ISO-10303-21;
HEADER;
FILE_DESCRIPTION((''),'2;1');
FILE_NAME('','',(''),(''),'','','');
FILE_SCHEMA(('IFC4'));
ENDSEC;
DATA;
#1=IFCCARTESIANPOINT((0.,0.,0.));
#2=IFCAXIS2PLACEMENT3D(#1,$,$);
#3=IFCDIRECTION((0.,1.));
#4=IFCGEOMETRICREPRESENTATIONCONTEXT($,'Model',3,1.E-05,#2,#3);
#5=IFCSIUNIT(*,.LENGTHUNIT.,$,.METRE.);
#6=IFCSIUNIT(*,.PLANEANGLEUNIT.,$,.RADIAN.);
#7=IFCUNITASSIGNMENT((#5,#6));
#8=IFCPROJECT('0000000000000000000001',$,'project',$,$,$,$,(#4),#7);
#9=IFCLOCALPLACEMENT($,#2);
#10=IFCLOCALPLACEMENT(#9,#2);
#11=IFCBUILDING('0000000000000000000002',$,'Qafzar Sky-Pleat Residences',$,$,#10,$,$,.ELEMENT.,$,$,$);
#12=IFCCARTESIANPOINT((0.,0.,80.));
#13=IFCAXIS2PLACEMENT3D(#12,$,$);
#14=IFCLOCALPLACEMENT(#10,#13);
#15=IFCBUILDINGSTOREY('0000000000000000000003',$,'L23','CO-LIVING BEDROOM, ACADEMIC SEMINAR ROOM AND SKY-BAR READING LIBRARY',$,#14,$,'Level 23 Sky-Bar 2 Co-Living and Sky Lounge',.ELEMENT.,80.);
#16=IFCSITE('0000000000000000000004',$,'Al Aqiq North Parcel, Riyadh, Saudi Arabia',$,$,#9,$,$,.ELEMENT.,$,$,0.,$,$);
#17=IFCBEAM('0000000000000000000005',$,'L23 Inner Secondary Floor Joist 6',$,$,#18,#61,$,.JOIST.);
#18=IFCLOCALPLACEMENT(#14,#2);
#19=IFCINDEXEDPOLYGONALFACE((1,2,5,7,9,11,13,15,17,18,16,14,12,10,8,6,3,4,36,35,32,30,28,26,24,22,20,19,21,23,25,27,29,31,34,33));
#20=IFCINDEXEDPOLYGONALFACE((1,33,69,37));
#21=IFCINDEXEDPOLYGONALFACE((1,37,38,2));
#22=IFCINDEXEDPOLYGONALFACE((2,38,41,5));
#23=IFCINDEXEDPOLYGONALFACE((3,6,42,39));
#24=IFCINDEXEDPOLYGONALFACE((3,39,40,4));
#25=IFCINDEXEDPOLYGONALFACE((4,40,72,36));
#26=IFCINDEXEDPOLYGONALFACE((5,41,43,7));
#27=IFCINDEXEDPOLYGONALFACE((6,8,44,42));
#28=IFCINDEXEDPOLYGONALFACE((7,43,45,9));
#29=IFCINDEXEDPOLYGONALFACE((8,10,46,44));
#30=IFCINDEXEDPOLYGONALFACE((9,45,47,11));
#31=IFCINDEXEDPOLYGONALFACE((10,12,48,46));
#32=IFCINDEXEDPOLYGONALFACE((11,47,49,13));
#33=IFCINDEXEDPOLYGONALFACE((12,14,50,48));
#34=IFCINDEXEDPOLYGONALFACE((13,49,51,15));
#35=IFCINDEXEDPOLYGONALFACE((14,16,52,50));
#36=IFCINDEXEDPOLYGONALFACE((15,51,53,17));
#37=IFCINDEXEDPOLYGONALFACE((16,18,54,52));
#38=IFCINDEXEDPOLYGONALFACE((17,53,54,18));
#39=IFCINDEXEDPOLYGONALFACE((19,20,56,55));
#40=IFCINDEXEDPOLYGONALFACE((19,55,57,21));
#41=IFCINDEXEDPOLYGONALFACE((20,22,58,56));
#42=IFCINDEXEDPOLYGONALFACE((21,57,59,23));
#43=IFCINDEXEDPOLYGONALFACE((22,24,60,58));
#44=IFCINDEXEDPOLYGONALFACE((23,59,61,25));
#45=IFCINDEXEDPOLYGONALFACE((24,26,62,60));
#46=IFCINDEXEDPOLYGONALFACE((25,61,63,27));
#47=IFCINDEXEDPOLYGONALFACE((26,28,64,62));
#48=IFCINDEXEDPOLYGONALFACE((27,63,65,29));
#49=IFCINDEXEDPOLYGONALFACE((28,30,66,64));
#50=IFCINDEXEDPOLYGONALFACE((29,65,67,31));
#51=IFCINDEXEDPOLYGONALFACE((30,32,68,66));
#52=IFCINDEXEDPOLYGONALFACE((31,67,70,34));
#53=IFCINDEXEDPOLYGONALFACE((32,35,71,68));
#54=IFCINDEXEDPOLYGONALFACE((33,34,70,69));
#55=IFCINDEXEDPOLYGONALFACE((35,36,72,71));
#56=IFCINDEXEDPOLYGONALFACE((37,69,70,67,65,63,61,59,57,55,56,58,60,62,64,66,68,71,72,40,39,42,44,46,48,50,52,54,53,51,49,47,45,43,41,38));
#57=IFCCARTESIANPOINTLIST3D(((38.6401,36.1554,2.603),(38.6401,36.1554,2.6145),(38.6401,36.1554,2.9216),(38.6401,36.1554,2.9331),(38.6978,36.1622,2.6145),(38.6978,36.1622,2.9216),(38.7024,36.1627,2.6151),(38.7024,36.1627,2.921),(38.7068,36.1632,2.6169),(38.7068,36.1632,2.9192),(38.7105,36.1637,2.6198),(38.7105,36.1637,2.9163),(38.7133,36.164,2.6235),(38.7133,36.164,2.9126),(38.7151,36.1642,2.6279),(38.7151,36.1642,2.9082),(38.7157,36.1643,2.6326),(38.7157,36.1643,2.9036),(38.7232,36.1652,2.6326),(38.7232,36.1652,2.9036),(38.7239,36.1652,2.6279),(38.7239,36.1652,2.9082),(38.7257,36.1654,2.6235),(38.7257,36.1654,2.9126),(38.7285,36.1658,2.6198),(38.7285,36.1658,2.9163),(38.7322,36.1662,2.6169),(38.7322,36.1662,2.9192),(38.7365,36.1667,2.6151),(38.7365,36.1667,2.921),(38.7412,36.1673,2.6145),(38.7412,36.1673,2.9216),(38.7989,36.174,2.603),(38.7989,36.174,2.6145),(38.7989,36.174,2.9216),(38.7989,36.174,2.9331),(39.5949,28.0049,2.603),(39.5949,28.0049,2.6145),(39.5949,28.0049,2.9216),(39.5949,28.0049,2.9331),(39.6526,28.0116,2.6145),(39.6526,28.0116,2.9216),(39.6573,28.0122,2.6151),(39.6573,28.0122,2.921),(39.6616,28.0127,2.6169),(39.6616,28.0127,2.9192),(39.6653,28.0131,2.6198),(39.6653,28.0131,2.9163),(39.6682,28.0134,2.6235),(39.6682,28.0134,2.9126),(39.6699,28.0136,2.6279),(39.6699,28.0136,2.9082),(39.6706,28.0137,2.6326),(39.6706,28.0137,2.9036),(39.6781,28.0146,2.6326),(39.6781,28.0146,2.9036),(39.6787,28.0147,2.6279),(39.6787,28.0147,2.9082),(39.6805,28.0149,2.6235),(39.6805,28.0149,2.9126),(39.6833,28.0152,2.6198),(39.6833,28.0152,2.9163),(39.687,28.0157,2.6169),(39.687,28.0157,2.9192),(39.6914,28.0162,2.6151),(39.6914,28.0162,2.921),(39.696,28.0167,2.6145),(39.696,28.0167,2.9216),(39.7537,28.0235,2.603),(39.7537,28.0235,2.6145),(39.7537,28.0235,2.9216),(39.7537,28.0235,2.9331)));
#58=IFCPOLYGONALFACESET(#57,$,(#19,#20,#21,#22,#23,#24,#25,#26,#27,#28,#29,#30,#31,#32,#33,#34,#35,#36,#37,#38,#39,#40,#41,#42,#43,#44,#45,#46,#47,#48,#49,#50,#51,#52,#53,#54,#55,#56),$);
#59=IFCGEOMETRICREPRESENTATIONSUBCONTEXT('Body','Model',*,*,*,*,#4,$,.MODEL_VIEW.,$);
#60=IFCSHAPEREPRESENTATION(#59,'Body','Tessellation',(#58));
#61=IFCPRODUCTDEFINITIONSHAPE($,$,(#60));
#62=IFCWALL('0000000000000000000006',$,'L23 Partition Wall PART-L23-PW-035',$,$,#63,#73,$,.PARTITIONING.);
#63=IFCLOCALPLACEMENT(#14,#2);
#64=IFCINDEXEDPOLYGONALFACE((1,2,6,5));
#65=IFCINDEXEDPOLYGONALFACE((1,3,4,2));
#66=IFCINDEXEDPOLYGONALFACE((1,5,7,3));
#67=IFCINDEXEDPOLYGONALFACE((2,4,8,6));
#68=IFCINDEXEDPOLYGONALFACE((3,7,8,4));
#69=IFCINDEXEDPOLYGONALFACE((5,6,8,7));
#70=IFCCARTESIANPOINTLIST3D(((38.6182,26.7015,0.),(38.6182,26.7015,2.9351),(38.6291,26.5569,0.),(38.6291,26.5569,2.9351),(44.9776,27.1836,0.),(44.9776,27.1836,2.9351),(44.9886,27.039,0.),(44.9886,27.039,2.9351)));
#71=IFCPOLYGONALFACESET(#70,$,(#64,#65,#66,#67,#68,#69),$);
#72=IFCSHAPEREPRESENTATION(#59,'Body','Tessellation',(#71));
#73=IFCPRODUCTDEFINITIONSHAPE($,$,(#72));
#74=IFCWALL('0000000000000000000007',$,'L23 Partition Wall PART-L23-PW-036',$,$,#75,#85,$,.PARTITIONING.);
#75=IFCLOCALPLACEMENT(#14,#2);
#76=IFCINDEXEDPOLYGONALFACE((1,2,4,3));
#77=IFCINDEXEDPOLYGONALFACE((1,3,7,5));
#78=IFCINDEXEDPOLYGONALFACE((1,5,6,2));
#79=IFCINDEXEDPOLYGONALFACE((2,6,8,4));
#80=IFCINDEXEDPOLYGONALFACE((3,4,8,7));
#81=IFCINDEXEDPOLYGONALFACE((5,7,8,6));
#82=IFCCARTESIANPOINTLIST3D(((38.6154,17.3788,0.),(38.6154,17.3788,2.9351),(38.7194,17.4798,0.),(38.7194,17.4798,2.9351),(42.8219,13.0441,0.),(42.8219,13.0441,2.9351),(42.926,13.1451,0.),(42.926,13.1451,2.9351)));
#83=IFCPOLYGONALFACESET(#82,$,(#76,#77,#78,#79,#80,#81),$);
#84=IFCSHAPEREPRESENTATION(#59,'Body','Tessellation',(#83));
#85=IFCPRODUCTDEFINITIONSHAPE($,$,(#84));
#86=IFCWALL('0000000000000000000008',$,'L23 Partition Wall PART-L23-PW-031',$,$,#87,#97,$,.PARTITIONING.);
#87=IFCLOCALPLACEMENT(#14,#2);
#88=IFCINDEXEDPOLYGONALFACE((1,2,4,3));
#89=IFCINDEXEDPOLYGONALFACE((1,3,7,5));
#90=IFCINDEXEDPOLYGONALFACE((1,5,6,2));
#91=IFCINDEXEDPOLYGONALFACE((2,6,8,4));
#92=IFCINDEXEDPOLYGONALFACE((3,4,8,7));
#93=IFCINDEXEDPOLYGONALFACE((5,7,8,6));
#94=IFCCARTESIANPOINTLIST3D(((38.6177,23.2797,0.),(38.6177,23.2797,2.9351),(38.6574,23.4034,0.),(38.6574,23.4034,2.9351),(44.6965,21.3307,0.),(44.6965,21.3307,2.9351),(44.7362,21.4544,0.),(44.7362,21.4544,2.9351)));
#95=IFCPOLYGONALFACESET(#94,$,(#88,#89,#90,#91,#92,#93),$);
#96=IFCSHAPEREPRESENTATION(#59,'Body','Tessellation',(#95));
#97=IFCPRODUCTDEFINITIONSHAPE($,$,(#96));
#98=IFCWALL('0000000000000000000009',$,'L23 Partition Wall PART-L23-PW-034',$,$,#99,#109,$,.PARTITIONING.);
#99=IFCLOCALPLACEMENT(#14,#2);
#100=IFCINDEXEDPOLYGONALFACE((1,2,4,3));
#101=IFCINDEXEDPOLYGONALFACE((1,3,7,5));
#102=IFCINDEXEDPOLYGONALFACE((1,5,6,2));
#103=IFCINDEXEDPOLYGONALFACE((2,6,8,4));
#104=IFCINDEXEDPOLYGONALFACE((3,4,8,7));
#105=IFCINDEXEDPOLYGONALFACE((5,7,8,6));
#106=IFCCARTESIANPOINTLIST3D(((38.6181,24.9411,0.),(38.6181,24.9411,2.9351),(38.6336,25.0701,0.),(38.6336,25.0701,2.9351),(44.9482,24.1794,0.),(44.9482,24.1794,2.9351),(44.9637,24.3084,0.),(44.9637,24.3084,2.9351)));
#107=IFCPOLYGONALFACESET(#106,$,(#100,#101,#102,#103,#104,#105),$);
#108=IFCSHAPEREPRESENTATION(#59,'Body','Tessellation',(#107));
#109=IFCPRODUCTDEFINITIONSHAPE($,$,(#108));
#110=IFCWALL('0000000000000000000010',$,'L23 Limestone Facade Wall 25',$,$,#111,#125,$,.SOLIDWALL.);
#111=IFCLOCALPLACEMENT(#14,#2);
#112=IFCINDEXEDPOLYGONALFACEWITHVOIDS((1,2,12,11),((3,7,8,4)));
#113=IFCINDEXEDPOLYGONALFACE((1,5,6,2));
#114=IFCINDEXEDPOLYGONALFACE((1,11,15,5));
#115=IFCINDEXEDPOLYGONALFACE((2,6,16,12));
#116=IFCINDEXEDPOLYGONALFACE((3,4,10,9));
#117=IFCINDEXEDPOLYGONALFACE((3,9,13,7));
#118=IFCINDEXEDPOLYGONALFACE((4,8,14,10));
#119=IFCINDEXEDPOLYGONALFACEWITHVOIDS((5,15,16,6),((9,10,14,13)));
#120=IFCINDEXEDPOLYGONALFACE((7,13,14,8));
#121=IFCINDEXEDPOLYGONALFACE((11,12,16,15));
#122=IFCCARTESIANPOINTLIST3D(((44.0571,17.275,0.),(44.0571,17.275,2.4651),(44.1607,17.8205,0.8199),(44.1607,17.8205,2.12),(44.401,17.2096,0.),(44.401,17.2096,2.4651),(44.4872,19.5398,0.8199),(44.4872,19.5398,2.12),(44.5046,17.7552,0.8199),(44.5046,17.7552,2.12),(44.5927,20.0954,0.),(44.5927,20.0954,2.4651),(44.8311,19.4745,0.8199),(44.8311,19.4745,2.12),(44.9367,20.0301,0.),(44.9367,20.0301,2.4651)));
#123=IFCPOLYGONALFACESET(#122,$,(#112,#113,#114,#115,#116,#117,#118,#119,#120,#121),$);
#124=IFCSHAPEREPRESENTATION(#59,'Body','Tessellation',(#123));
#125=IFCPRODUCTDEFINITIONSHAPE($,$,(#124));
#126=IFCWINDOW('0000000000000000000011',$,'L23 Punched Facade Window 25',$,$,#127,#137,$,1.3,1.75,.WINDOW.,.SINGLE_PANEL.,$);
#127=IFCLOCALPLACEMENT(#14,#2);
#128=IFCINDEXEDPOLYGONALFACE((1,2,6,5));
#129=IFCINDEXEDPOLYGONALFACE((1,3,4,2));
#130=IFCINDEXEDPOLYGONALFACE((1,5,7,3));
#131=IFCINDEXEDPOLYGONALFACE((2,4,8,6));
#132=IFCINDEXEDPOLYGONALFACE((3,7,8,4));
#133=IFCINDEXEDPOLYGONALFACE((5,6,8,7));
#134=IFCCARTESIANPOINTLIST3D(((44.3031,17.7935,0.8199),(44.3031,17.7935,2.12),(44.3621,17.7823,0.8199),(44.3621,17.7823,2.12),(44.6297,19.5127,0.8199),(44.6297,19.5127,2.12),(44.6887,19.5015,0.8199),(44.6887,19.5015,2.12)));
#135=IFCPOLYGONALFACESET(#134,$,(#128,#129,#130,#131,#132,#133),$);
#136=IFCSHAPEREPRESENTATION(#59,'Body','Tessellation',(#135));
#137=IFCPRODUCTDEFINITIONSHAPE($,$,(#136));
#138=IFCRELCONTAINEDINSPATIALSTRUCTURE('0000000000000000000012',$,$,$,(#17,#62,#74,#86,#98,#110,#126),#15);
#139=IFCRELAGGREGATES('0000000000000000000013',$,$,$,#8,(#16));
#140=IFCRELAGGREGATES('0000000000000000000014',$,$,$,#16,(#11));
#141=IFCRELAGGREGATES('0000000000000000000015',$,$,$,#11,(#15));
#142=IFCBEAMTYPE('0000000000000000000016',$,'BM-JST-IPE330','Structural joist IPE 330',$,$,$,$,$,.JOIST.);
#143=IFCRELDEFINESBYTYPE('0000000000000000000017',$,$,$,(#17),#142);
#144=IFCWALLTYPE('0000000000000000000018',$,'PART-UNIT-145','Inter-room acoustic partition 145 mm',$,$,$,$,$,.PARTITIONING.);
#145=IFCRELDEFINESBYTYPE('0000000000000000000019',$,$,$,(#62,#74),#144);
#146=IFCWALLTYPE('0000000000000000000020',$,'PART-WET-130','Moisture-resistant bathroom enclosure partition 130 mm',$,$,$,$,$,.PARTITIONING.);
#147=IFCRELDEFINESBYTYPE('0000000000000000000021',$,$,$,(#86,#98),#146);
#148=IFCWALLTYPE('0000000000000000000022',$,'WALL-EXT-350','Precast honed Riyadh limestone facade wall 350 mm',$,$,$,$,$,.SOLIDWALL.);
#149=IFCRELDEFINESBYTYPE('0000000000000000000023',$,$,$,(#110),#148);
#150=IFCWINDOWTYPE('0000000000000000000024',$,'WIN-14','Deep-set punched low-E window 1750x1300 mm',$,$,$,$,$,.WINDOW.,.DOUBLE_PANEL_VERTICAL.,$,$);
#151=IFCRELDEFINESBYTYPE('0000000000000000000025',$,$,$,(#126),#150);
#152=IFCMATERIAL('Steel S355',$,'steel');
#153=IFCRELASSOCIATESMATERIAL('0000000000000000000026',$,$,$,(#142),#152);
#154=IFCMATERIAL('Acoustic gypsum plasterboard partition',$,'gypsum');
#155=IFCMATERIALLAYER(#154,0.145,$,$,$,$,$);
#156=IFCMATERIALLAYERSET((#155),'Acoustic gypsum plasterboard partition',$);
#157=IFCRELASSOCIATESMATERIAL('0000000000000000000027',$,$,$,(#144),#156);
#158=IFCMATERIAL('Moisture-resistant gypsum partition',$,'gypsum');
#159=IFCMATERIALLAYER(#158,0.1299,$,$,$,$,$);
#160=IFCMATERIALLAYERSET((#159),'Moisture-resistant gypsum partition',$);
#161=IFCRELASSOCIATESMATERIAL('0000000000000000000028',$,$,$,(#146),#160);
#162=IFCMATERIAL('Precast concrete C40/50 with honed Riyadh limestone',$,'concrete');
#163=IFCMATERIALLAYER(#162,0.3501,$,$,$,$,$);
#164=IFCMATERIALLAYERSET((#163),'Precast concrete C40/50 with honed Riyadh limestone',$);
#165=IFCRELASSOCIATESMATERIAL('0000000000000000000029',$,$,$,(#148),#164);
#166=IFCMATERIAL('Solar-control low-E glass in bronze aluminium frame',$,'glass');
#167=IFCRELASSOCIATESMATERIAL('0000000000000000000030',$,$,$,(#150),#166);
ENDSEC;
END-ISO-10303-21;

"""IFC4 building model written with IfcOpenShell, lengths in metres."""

from ifc_helpers import new_model, si_unit, direction, frame, frame_2d, origin, origin_2d, place, context, subcontext, project, spatial, rectangle, i_section, extrude, source, transform, mapped, material, layer, layer_set, material_profile, profile_set, type_object, element, fill, save


model = new_model("IFC4")

# Units and contexts
model_context = context("Model", 3, precision=1e-05, world=origin(), true_north=direction((0.0, 1.0)))
body_context = subcontext(model_context, "Body", "Model", "MODEL_VIEW")
ifc_project = project(units=[si_unit("LENGTHUNIT", "METRE"), si_unit("PLANEANGLEUNIT", "RADIAN")], contexts=[model_context])

# Site, building, storey
site_placement = place(None, origin())
site = spatial("IfcSite", under=ifc_project, at=site_placement, Name="Al Aqiq North Parcel, Riyadh, Saudi Arabia", CompositionType="ELEMENT", RefElevation=0.0)
building_placement = place(site_placement, origin())
building = spatial("IfcBuilding", under=site, at=building_placement, Name="Qafzar Sky-Pleat Residences", CompositionType="ELEMENT")
storey_placement = place(building_placement, frame((0.0, 0.0, 80.0)))
storey = spatial("IfcBuildingStorey", under=building, at=storey_placement, Name="L23", Description="CO-LIVING BEDROOM, ACADEMIC SEMINAR ROOM AND SKY-BAR READING LIBRARY", LongName="Level 23 Sky-Bar 2 Co-Living and Sky Lounge", CompositionType="ELEMENT", Elevation=80.0)

# Beam
ifc_material_1 = material(Name="Steel S355", Category="steel")
ifc_material_profile_1 = material_profile(ifc_material_1, i_section(OverallWidth=0.1599, OverallDepth=0.3301, WebThickness=0.0076, FlangeThickness=0.0115, FilletRadius=0.0181, at=origin_2d()), Name="IPE 330")
ifc_profile_set_1 = profile_set([ifc_material_profile_1], Name="Steel S355")
beam_type_1 = type_object("IfcBeamType", Name="BM-JST-IPE330", Description="Structural joist IPE 330", PredefinedType="JOIST", material=ifc_profile_set_1)
shared_shape_1 = source(origin(), body_context, "Body", "SweptSolid", [
    extrude(i_section(OverallWidth=0.1599, OverallDepth=0.3301, WebThickness=0.0076, FlangeThickness=0.0115, FilletRadius=0.0181, at=origin_2d()), origin(), (0.0, 0.0, 1.0), 8.2063),
])
beam_1_placement = place(storey_placement, frame((39.6743, 28.0142, 2.7681), z_axis=(-0.116353, 0.993208, 0.0), x_axis=(-0.993208, -0.116353, 0.0)))
element("IfcBeam", 1, at=beam_1_placement, inside=storey, type_object=beam_type_1, Name="L23 Inner Secondary Floor Joist 6", PredefinedType="JOIST", context=body_context, shape_type="MappedRepresentation", body=[
    mapped(shared_shape_1, transform((0.0, 0.0, 0.0), x_axis=(1.0, 0.0, 0.0), y_axis=(0.0, 1.0, 0.0), z_axis=(0.0, 0.0, 1.0), scale=1.0)),
])

# Walls
ifc_material_2 = material(Name="Acoustic gypsum plasterboard partition", Category="gypsum")
ifc_layer_1 = layer(ifc_material_2, 0.145)
ifc_layer_set_1 = layer_set([ifc_layer_1], Name="Acoustic gypsum plasterboard partition")
wall_type_1 = type_object("IfcWallType", Name="PART-UNIT-145", Description="Inter-room acoustic partition 145 mm", PredefinedType="PARTITIONING", material=ifc_layer_set_1)
wall_1_placement = place(storey_placement, frame((38.6235, 26.6292, 0.0), z_axis=(0.0, 0.0, 1.0), x_axis=(0.997138, 0.075605, 0.0)))
element("IfcWall", 2, at=wall_1_placement, inside=storey, type_object=wall_type_1, Name="L23 Partition Wall PART-L23-PW-035", PredefinedType="PARTITIONING", context=body_context, shape_type="SweptSolid", body=[
    extrude(rectangle(XDim=6.3777, YDim=0.145, at=frame_2d((3.189, 0.0))), origin(), (0.0, 0.0, 1.0), 2.9351),
])
wall_2_placement = place(storey_placement, frame((38.6675, 17.4292, 0.0), z_axis=(0.0, 0.0, 1.0), x_axis=(0.696417, -0.717637, 0.0)))
element("IfcWall", 3, at=wall_2_placement, inside=storey, type_object=wall_type_1, Name="L23 Partition Wall PART-L23-PW-036", PredefinedType="PARTITIONING", context=body_context, shape_type="SweptSolid", body=[
    extrude(rectangle(XDim=6.0403, YDim=0.145, at=frame_2d((3.02, 0.0))), origin(), (0.0, 0.0, 1.0), 2.9351),
])
ifc_material_3 = material(Name="Moisture-resistant gypsum partition", Category="gypsum")
ifc_layer_2 = layer(ifc_material_3, 0.1299)
ifc_layer_set_2 = layer_set([ifc_layer_2], Name="Moisture-resistant gypsum partition")
wall_type_2 = type_object("IfcWallType", Name="PART-WET-130", Description="Moisture-resistant bathroom enclosure partition 130 mm", PredefinedType="PARTITIONING", material=ifc_layer_set_2)
wall_3_placement = place(storey_placement, frame((38.6375, 23.3416, 0.0), z_axis=(0.0, 0.0, 1.0), x_axis=(0.952254, -0.305307, 0.0)))
element("IfcWall", 4, at=wall_3_placement, inside=storey, type_object=wall_type_2, Name="L23 Partition Wall PART-L23-PW-031", PredefinedType="PARTITIONING", context=body_context, shape_type="SweptSolid", body=[
    extrude(rectangle(XDim=6.3835, YDim=0.1299, at=frame_2d((3.1919, 0.0))), origin(), (0.0, 0.0, 1.0), 2.9351),
])
wall_4_placement = place(storey_placement, frame((38.6257, 25.0056, 0.0), z_axis=(0.0, 0.0, 1.0), x_axis=(0.992838, -0.119471, 0.0)))
element("IfcWall", 5, at=wall_4_placement, inside=storey, type_object=wall_type_2, Name="L23 Partition Wall PART-L23-PW-034", PredefinedType="PARTITIONING", context=body_context, shape_type="SweptSolid", body=[
    extrude(rectangle(XDim=6.3757, YDim=0.1299, at=frame_2d((3.188, 0.0))), origin(), (0.0, 0.0, 1.0), 2.9351),
])

# Wall, opening, window
ifc_material_4 = material(Name="Precast concrete C40/50 with honed Riyadh limestone", Category="concrete")
ifc_layer_3 = layer(ifc_material_4, 0.3501)
ifc_layer_set_3 = layer_set([ifc_layer_3], Name="Precast concrete C40/50 with honed Riyadh limestone")
wall_type_3 = type_object("IfcWallType", Name="WALL-EXT-350", Description="Precast honed Riyadh limestone facade wall 350 mm", PredefinedType="SOLIDWALL", material=ifc_layer_set_3)
wall_5_placement = place(storey_placement, frame((44.229, 17.2422, 0.0), z_axis=(0.0, 0.0, 1.0), x_axis=(0.186588, 0.982438, 0.0)))
wall_5 = element("IfcWall", 6, at=wall_5_placement, inside=storey, type_object=wall_type_3, Name="L23 Limestone Facade Wall 25", PredefinedType="SOLIDWALL", context=body_context, shape_type="SweptSolid", body=[
    extrude(rectangle(XDim=2.8708, YDim=0.3501, at=frame_2d((1.4355, 0.0))), origin(), (0.0, 0.0, 1.0), 2.4651),
])
opening_1_placement = place(wall_5_placement, frame((0.5554, 0.0, 0.8201)))
opening_1 = element("IfcOpeningElement", 7, at=opening_1_placement, cuts=wall_5, PredefinedType="OPENING", context=body_context, shape_type="SweptSolid", body=[
    extrude(rectangle(XDim=1.75, YDim=1.3, at=frame_2d((0.875, 0.6499))), frame((0.0, 0.1851, 0.0), z_axis=(0.0, -1.0, 0.0), x_axis=(1.0, 0.0, 0.0)), (0.0, 0.0, 1.0), 0.3701),
])
ifc_material_5 = material(Name="Solar-control low-E glass in bronze aluminium frame", Category="glass")
window_type_1 = type_object("IfcWindowType", Name="WIN-14", Description="Deep-set punched low-E window 1750x1300 mm", PartitioningType="DOUBLE_PANEL_VERTICAL", PredefinedType="WINDOW", material=ifc_material_5)
shared_shape_2 = source(origin(), body_context, "Body", "SweptSolid", [
    extrude(rectangle(XDim=1.75, YDim=1.3, at=frame_2d((0.875, 0.6499))), frame((0.0, 0.03, 0.0), z_axis=(0.0, -1.0, 0.0), x_axis=(1.0, 0.0, 0.0)), (0.0, 0.0, 1.0), 0.0601),
])
window_1_placement = place(opening_1_placement, origin())
window_1 = element("IfcWindow", 8, at=window_1_placement, inside=storey, type_object=window_type_1, Name="L23 Punched Facade Window 25", OverallHeight=1.3, OverallWidth=1.75, PartitioningType="SINGLE_PANEL", PredefinedType="WINDOW", context=body_context, shape_type="MappedRepresentation", body=[
    mapped(shared_shape_2, transform((0.0, 0.0, 0.0), x_axis=(1.0, 0.0, 0.0), y_axis=(0.0, 1.0, 0.0), z_axis=(0.0, 0.0, 1.0), scale=1.0)),
])
fill(opening_1, window_1)

save(model, "model.ifc")
